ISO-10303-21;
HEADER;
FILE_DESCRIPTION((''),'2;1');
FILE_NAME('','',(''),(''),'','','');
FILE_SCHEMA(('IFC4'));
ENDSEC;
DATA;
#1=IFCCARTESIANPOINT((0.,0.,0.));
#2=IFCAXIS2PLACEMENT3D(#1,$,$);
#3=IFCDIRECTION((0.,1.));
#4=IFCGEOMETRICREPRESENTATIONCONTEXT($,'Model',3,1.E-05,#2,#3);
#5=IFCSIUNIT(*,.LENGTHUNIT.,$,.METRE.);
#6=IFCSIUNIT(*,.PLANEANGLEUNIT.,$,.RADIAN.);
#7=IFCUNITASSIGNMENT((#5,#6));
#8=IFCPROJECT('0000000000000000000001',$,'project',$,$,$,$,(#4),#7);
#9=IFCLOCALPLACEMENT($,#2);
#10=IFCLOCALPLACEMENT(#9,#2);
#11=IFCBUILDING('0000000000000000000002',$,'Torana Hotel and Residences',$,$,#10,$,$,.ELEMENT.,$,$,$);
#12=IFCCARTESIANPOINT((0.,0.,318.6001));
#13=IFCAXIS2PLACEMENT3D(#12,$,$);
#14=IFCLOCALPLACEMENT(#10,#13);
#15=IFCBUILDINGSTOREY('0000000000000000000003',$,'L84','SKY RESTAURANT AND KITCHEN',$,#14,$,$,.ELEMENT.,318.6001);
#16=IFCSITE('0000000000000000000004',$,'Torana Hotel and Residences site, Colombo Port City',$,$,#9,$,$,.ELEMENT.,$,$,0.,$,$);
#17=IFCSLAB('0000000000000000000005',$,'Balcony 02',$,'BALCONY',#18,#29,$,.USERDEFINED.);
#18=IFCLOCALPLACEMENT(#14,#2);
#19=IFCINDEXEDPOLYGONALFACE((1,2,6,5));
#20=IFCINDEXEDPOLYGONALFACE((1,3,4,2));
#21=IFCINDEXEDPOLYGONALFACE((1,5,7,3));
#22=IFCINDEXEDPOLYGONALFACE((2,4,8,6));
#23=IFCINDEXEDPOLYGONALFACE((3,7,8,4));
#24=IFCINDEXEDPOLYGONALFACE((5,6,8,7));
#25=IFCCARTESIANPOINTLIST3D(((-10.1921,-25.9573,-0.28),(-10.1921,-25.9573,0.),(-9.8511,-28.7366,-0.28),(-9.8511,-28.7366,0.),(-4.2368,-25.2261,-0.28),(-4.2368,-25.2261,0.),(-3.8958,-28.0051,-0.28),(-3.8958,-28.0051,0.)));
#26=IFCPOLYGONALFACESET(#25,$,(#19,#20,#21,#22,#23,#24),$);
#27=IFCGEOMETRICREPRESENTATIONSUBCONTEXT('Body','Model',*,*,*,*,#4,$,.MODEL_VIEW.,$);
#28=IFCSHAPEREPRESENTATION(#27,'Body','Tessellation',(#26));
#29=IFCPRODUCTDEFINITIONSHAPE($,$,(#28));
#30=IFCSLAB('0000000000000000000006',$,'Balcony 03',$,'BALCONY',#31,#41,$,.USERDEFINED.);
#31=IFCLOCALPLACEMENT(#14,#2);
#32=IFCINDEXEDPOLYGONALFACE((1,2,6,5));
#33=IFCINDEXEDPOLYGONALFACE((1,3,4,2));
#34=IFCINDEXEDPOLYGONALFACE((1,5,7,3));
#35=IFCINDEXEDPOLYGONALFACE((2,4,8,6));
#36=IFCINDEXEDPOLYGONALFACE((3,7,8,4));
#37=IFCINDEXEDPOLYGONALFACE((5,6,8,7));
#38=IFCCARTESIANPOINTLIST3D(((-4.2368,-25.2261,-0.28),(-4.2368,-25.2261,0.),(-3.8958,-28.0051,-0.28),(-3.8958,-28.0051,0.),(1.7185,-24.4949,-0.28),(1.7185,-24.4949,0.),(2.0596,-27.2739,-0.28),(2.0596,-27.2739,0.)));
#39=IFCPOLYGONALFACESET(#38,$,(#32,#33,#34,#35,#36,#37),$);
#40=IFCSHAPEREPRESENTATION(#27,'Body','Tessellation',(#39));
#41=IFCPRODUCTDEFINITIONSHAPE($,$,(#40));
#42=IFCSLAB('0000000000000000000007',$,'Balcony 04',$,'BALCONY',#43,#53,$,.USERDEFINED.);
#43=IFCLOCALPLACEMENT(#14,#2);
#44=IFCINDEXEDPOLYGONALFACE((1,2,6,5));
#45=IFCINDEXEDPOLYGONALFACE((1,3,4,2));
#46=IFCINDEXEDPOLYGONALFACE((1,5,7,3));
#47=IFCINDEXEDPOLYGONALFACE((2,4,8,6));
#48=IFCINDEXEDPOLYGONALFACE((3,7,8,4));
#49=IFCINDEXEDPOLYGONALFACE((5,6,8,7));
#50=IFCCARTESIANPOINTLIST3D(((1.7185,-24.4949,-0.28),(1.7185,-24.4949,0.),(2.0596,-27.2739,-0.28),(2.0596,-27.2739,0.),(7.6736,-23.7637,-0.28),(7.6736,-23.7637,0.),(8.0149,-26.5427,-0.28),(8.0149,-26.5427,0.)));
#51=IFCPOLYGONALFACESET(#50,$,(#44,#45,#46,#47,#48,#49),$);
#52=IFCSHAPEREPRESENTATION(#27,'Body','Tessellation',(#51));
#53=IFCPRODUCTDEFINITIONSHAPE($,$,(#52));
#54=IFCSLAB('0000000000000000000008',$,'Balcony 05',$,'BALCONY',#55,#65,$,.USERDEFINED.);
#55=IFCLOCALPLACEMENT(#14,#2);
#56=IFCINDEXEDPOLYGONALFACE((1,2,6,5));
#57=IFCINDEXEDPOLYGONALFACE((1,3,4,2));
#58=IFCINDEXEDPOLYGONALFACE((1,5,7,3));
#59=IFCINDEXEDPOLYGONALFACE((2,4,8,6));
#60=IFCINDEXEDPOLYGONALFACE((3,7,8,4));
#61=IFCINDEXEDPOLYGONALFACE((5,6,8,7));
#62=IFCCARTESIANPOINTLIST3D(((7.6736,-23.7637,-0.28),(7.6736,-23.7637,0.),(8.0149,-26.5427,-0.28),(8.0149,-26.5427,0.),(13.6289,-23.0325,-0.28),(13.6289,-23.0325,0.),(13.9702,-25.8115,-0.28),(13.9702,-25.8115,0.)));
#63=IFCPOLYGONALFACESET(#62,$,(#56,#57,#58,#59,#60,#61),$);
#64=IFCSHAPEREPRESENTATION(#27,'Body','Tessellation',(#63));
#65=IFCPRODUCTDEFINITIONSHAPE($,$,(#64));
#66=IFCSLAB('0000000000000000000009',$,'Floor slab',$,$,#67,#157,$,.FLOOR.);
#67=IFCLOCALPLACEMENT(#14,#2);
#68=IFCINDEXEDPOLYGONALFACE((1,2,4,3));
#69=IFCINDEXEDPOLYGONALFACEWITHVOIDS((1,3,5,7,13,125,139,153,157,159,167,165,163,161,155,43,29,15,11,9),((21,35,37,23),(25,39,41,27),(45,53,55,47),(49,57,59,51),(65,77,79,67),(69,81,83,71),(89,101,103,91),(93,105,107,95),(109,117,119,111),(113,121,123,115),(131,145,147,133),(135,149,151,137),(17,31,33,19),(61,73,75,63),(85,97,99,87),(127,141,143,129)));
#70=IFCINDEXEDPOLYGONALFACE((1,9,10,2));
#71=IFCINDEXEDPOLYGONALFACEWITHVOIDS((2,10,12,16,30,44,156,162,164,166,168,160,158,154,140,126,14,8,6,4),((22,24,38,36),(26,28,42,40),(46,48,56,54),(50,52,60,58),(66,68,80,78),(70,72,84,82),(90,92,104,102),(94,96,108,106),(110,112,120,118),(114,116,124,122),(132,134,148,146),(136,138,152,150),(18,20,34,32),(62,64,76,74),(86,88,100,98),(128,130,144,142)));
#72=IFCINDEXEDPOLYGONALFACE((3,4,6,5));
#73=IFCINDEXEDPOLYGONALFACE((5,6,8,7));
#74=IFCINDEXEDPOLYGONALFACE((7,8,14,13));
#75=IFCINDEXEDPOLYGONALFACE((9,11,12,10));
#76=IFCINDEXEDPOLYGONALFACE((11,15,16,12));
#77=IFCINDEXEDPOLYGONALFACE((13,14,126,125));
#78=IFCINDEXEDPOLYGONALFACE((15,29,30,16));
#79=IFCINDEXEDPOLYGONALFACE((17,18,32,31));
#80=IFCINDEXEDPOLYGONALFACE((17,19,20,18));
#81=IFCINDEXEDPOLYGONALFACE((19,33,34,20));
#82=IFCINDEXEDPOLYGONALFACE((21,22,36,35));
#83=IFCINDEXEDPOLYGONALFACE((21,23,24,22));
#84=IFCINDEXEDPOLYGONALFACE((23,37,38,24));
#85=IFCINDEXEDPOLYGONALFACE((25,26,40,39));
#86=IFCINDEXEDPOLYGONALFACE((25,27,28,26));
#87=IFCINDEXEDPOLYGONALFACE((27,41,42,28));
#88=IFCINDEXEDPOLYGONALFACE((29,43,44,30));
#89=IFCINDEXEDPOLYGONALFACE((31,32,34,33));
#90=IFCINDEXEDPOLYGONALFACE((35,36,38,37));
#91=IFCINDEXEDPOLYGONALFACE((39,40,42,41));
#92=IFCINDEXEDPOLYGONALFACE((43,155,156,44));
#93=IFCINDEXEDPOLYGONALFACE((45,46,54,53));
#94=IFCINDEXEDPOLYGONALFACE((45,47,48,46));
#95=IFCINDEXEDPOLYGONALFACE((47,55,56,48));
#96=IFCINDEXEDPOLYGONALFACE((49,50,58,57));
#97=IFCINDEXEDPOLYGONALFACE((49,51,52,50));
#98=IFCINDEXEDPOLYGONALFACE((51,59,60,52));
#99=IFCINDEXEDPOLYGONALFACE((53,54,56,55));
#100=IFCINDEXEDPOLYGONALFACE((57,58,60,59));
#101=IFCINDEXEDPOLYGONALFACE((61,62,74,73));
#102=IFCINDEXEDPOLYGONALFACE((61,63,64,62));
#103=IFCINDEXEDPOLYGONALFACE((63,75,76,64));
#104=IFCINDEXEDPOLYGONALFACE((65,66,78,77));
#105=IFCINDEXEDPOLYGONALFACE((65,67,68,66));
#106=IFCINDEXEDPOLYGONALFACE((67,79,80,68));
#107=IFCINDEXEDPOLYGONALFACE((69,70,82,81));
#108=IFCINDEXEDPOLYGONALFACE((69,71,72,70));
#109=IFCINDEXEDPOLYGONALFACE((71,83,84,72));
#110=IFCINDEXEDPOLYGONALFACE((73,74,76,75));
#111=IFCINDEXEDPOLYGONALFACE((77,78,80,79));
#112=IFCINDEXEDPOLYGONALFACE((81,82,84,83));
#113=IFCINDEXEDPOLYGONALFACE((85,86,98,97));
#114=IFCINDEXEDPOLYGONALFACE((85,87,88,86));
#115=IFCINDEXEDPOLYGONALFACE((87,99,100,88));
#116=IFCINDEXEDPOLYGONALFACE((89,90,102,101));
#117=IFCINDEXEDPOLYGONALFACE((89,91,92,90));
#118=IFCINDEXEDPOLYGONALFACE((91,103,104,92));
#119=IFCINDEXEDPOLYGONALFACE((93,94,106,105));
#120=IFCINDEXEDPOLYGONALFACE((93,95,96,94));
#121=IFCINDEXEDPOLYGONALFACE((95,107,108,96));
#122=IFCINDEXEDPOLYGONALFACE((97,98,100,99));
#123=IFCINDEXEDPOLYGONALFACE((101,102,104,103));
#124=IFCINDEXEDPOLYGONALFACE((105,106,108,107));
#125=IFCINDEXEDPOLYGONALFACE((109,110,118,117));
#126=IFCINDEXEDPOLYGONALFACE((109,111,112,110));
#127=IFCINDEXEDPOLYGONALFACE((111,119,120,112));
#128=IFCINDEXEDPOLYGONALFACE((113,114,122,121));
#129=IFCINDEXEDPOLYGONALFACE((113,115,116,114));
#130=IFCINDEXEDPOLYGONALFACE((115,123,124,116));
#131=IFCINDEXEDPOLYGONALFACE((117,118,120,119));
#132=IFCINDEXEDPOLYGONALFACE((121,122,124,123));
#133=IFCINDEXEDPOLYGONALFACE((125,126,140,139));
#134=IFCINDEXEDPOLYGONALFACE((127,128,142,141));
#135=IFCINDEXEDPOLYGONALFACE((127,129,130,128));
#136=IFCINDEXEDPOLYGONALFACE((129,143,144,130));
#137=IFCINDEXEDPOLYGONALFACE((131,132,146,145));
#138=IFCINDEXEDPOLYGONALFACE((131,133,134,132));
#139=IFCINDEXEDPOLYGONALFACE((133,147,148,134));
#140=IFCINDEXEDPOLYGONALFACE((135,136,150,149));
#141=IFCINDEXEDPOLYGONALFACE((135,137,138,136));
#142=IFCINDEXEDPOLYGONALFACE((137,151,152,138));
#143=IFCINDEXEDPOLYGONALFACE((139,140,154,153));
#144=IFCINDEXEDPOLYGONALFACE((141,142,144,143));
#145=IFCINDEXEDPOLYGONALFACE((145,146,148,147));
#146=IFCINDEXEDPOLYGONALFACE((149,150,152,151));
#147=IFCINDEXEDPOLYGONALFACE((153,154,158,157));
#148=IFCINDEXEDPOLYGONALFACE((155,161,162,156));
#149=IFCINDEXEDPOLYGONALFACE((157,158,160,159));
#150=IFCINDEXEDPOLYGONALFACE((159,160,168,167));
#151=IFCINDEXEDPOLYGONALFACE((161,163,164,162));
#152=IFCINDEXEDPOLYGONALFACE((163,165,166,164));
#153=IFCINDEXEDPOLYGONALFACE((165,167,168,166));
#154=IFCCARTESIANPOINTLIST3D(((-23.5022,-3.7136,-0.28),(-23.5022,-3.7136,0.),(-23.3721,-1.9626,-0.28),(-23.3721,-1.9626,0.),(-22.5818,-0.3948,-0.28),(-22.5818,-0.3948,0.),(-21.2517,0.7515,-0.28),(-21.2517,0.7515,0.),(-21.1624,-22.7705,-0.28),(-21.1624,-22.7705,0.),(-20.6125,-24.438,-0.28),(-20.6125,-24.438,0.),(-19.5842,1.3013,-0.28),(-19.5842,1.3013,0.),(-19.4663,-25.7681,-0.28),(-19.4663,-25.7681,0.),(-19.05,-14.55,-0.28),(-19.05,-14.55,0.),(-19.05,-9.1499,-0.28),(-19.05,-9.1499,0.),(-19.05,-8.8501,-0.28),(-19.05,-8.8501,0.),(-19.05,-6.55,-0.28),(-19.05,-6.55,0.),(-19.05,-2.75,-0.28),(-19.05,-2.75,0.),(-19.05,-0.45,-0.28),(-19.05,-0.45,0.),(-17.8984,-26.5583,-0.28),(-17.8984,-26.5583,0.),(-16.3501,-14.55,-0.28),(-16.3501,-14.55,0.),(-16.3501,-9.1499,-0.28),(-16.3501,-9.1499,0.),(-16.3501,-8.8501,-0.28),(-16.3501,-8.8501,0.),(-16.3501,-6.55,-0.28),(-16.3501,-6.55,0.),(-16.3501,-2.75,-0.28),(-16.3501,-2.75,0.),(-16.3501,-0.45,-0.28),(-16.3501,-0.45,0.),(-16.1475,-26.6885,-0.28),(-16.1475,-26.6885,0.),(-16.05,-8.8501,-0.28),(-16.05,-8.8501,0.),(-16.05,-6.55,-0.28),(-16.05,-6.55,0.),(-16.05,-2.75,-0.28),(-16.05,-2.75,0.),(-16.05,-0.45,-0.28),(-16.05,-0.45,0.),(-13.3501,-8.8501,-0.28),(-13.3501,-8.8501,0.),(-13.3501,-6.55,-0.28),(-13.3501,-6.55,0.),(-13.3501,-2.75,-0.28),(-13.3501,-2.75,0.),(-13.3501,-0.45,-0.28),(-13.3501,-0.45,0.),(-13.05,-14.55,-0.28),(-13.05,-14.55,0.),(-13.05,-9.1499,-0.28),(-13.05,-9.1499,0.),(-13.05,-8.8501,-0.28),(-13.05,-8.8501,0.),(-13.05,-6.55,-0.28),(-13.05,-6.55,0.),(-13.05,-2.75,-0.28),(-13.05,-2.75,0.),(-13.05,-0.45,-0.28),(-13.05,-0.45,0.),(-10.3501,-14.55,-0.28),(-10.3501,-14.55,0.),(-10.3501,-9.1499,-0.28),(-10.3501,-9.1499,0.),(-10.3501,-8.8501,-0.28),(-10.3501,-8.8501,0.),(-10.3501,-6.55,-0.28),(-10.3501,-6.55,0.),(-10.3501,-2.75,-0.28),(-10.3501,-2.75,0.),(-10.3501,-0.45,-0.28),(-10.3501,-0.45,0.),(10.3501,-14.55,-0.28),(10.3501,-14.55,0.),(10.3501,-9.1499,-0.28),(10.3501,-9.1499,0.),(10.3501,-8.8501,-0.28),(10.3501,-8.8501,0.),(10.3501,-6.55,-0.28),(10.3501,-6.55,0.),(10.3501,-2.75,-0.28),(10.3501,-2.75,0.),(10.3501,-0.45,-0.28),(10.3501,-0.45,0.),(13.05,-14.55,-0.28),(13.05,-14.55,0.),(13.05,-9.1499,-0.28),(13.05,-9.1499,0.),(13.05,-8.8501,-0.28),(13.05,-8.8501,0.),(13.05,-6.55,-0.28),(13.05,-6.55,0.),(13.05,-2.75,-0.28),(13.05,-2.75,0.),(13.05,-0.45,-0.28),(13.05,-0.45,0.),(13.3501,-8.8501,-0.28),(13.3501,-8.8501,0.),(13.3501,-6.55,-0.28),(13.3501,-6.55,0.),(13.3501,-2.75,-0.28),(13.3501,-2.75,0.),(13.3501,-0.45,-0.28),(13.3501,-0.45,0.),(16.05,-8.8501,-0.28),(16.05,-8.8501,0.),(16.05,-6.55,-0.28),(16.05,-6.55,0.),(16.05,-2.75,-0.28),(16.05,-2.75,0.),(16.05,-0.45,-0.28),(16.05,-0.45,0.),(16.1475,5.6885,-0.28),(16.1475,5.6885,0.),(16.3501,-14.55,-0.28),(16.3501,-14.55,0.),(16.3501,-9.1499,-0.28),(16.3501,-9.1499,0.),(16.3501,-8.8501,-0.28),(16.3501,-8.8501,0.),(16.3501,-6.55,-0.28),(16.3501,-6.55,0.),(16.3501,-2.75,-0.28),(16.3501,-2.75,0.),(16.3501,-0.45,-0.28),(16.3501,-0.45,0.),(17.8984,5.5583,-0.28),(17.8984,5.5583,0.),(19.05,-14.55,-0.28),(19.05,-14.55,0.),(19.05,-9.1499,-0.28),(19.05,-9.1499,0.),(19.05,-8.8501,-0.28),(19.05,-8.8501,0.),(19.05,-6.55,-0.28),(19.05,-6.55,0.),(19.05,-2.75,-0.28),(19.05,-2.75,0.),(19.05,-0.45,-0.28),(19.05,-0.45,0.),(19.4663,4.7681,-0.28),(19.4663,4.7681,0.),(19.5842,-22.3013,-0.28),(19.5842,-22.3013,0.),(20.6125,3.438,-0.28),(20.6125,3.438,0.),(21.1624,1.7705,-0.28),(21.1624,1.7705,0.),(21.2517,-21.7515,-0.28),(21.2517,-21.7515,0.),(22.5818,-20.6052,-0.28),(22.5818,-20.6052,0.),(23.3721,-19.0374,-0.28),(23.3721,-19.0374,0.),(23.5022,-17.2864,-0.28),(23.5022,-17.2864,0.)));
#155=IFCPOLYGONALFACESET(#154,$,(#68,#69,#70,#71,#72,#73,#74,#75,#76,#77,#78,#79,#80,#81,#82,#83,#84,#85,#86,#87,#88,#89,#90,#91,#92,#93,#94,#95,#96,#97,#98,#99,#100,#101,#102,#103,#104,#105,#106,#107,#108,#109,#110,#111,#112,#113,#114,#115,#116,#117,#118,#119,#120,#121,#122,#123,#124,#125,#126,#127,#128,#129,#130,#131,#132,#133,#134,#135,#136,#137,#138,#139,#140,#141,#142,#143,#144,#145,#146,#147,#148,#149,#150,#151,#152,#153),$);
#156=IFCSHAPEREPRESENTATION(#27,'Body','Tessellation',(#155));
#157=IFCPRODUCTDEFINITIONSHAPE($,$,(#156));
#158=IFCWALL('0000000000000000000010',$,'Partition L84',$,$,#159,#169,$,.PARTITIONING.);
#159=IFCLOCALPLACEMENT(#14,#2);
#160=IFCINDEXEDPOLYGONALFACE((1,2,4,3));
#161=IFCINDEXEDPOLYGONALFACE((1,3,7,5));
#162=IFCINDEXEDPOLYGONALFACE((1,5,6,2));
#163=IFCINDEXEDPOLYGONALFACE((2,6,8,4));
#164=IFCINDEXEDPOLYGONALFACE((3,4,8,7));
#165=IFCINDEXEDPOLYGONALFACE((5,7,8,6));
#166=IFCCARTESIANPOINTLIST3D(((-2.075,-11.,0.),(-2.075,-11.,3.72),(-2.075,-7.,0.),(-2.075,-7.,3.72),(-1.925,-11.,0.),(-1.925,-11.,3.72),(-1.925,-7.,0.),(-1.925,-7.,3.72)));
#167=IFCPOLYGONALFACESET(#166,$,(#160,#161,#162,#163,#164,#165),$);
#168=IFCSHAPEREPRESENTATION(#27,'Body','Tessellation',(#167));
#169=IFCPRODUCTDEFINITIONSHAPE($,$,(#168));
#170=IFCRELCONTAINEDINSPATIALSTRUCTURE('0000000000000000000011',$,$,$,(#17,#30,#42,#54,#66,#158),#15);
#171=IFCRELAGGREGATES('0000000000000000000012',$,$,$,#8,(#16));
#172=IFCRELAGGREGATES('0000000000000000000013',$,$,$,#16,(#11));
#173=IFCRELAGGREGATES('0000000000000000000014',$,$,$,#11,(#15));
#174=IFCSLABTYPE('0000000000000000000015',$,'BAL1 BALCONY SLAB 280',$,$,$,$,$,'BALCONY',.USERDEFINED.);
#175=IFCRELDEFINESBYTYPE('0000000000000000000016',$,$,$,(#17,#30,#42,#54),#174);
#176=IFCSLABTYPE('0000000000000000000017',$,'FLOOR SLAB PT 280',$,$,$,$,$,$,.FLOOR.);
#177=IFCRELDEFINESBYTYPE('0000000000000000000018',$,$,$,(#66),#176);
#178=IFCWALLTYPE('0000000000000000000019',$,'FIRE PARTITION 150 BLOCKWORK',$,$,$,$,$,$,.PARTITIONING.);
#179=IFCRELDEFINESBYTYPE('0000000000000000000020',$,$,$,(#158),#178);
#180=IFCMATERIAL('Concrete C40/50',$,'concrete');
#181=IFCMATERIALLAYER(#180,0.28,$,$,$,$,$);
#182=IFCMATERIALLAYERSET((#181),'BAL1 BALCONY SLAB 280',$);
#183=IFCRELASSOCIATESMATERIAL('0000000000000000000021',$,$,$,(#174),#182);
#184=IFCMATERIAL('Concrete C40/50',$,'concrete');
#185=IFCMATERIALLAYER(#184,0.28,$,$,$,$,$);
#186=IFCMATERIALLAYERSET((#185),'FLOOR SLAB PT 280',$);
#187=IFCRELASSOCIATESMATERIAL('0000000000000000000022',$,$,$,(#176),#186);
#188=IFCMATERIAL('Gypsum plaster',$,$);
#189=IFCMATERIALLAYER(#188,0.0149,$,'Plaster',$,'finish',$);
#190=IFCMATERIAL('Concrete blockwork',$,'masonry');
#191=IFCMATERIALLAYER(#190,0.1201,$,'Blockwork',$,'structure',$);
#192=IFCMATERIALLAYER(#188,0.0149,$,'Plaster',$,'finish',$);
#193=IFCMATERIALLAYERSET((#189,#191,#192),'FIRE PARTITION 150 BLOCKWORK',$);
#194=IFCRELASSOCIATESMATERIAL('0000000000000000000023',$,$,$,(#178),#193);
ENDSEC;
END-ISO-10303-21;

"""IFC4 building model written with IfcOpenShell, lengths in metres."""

from ifc_helpers import new_model, si_unit, direction, frame, frame_2d, origin, place, context, subcontext, project, spatial, polyline, rectangle, outline, extrude, material, layer, layer_set, type_object, element, save


model = new_model("IFC4")

# Units and contexts
model_context = context("Model", 3, precision=1e-05, world=origin(), true_north=direction((0.0, 1.0)))
body_context = subcontext(model_context, "Body", "Model", "MODEL_VIEW")
ifc_project = project(units=[si_unit("LENGTHUNIT", "METRE"), si_unit("PLANEANGLEUNIT", "RADIAN")], contexts=[model_context])

# Site, building, storey
site_placement = place(None, origin())
site = spatial("IfcSite", under=ifc_project, at=site_placement, Name="Torana Hotel and Residences site, Colombo Port City", CompositionType="ELEMENT", RefElevation=0.0)
building_placement = place(site_placement, origin())
building = spatial("IfcBuilding", under=site, at=building_placement, Name="Torana Hotel and Residences", CompositionType="ELEMENT")
storey_placement = place(building_placement, frame((0.0, 0.0, 318.6001)))
storey = spatial("IfcBuildingStorey", under=building, at=storey_placement, Name="L84", Description="SKY RESTAURANT AND KITCHEN", CompositionType="ELEMENT", Elevation=318.6001)

# Slabs
ifc_material_1 = material(Name="Concrete C40/50", Category="concrete")
ifc_layer_1 = layer(ifc_material_1, 0.28)
ifc_layer_set_1 = layer_set([ifc_layer_1], Name="BAL1 BALCONY SLAB 280")
slab_type_1 = type_object("IfcSlabType", Name="BAL1 BALCONY SLAB 280", ElementType="BALCONY", PredefinedType="USERDEFINED", material=ifc_layer_set_1)
slab_1_placement = place(storey_placement, frame((0.0, 0.0, -0.28)))
element("IfcSlab", 1, at=slab_1_placement, inside=storey, type_object=slab_type_1, Name="Balcony 02", ObjectType="BALCONY", PredefinedType="USERDEFINED", context=body_context, shape_type="SweptSolid", body=[
    extrude(outline(polyline([(-9.8511, -28.7366), (-3.8958, -28.0051), (-4.2368, -25.2261), (-10.1921, -25.9573), (-9.8511, -28.7366)])), origin(), (0.0, 0.0, 1.0), 0.28),
])
slab_2_placement = place(storey_placement, frame((0.0, 0.0, -0.28)))
element("IfcSlab", 2, at=slab_2_placement, inside=storey, type_object=slab_type_1, Name="Balcony 03", ObjectType="BALCONY", PredefinedType="USERDEFINED", context=body_context, shape_type="SweptSolid", body=[
    extrude(outline(polyline([(-3.8958, -28.0051), (2.0596, -27.2739), (1.7185, -24.4949), (-4.2368, -25.2261), (-3.8958, -28.0051)])), origin(), (0.0, 0.0, 1.0), 0.28),
])
slab_3_placement = place(storey_placement, frame((0.0, 0.0, -0.28)))
element("IfcSlab", 3, at=slab_3_placement, inside=storey, type_object=slab_type_1, Name="Balcony 04", ObjectType="BALCONY", PredefinedType="USERDEFINED", context=body_context, shape_type="SweptSolid", body=[
    extrude(outline(polyline([(2.0596, -27.2739), (8.0149, -26.5427), (7.6736, -23.7637), (1.7185, -24.4949), (2.0596, -27.2739)])), origin(), (0.0, 0.0, 1.0), 0.28),
])
slab_4_placement = place(storey_placement, frame((0.0, 0.0, -0.28)))
element("IfcSlab", 4, at=slab_4_placement, inside=storey, type_object=slab_type_1, Name="Balcony 05", ObjectType="BALCONY", PredefinedType="USERDEFINED", context=body_context, shape_type="SweptSolid", body=[
    extrude(outline(polyline([(8.0149, -26.5427), (13.9702, -25.8115), (13.6289, -23.0325), (7.6736, -23.7637), (8.0149, -26.5427)])), origin(), (0.0, 0.0, 1.0), 0.28),
])
ifc_material_2 = material(Name="Concrete C40/50", Category="concrete")
ifc_layer_2 = layer(ifc_material_2, 0.28)
ifc_layer_set_2 = layer_set([ifc_layer_2], Name="FLOOR SLAB PT 280")
slab_type_2 = type_object("IfcSlabType", Name="FLOOR SLAB PT 280", PredefinedType="FLOOR", material=ifc_layer_set_2)
slab_5_placement = place(storey_placement, frame((0.0, 0.0, -0.28)))
element("IfcSlab", 5, at=slab_5_placement, inside=storey, type_object=slab_type_2, Name="Floor slab", PredefinedType="FLOOR", context=body_context, shape_type="SweptSolid", body=[
    extrude(outline(polyline([(21.1624, 1.7705), (20.6125, 3.438), (19.4663, 4.7681), (17.8984, 5.5583), (16.1475, 5.6885), (-19.5842, 1.3013), (-21.2517, 0.7515), (-22.5818, -0.3948), (-23.3721, -1.9626), (-23.5022, -3.7136), (-21.1624, -22.7705), (-20.6125, -24.438), (-19.4663, -25.7681), (-17.8984, -26.5583), (-16.1475, -26.6885), (19.5842, -22.3013), (21.2517, -21.7515), (22.5818, -20.6052), (23.3721, -19.0374), (23.5022, -17.2864), (21.1624, 1.7705)]), holes=[polyline([(-13.05, -14.55), (-10.3501, -14.55), (-10.3501, -9.1499), (-13.05, -9.1499), (-13.05, -14.55)]), polyline([(-19.05, -14.55), (-16.3501, -14.55), (-16.3501, -9.1499), (-19.05, -9.1499), (-19.05, -14.55)]), polyline([(-19.05, -2.75), (-16.3501, -2.75), (-16.3501, -0.45), (-19.05, -0.45), (-19.05, -2.75)]), polyline([(-13.05, -2.75), (-10.3501, -2.75), (-10.3501, -0.45), (-13.05, -0.45), (-13.05, -2.75)]), polyline([(-16.05, -2.75), (-13.3501, -2.75), (-13.3501, -0.45), (-16.05, -0.45), (-16.05, -2.75)]), polyline([(-13.05, -8.8501), (-10.3501, -8.8501), (-10.3501, -6.55), (-13.05, -6.55), (-13.05, -8.8501)]), polyline([(-16.05, -8.8501), (-13.3501, -8.8501), (-13.3501, -6.55), (-16.05, -6.55), (-16.05, -8.8501)]), polyline([(-19.05, -8.8501), (-16.3501, -8.8501), (-16.3501, -6.55), (-19.05, -6.55), (-19.05, -8.8501)]), polyline([(10.3501, -14.55), (13.05, -14.55), (13.05, -9.1499), (10.3501, -9.1499), (10.3501, -14.55)]), polyline([(16.3501, -14.55), (19.05, -14.55), (19.05, -9.1499), (16.3501, -9.1499), (16.3501, -14.55)]), polyline([(16.3501, -2.75), (19.05, -2.75), (19.05, -0.45), (16.3501, -0.45), (16.3501, -2.75)]), polyline([(10.3501, -2.75), (13.05, -2.75), (13.05, -0.45), (10.3501, -0.45), (10.3501, -2.75)]), polyline([(13.3501, -2.75), (16.05, -2.75), (16.05, -0.45), (13.3501, -0.45), (13.3501, -2.75)]), polyline([(10.3501, -8.8501), (13.05, -8.8501), (13.05, -6.55), (10.3501, -6.55), (10.3501, -8.8501)]), polyline([(13.3501, -8.8501), (16.05, -8.8501), (16.05, -6.55), (13.3501, -6.55), (13.3501, -8.8501)]), polyline([(16.3501, -8.8501), (19.05, -8.8501), (19.05, -6.55), (16.3501, -6.55), (16.3501, -8.8501)])]), origin(), (0.0, 0.0, 1.0), 0.28),
])

# Wall
ifc_material_3 = material(Name="Gypsum plaster")
ifc_layer_3 = layer(ifc_material_3, 0.0149, Name="Plaster", Category="finish")
ifc_material_4 = material(Name="Concrete blockwork", Category="masonry")
ifc_layer_4 = layer(ifc_material_4, 0.1201, Name="Blockwork", Category="structure")
ifc_layer_5 = layer(ifc_material_3, 0.0149, Name="Plaster", Category="finish")
ifc_layer_set_3 = layer_set([ifc_layer_3, ifc_layer_4, ifc_layer_5], Name="FIRE PARTITION 150 BLOCKWORK")
wall_type_1 = type_object("IfcWallType", Name="FIRE PARTITION 150 BLOCKWORK", PredefinedType="PARTITIONING", material=ifc_layer_set_3)
wall_1_placement = place(storey_placement, frame((-2.0, -11.0, 0.0), z_axis=(0.0, 0.0, 1.0), x_axis=(0.0, 1.0, 0.0)))
element("IfcWall", 6, at=wall_1_placement, inside=storey, type_object=wall_type_1, Name="Partition L84", PredefinedType="PARTITIONING", context=body_context, shape_type="SweptSolid", body=[
    extrude(rectangle(XDim=4.0, YDim=0.1499, at=frame_2d((2.0, 0.0))), origin(), (0.0, 0.0, 1.0), 3.72),
])

save(model, "model.ifc")
